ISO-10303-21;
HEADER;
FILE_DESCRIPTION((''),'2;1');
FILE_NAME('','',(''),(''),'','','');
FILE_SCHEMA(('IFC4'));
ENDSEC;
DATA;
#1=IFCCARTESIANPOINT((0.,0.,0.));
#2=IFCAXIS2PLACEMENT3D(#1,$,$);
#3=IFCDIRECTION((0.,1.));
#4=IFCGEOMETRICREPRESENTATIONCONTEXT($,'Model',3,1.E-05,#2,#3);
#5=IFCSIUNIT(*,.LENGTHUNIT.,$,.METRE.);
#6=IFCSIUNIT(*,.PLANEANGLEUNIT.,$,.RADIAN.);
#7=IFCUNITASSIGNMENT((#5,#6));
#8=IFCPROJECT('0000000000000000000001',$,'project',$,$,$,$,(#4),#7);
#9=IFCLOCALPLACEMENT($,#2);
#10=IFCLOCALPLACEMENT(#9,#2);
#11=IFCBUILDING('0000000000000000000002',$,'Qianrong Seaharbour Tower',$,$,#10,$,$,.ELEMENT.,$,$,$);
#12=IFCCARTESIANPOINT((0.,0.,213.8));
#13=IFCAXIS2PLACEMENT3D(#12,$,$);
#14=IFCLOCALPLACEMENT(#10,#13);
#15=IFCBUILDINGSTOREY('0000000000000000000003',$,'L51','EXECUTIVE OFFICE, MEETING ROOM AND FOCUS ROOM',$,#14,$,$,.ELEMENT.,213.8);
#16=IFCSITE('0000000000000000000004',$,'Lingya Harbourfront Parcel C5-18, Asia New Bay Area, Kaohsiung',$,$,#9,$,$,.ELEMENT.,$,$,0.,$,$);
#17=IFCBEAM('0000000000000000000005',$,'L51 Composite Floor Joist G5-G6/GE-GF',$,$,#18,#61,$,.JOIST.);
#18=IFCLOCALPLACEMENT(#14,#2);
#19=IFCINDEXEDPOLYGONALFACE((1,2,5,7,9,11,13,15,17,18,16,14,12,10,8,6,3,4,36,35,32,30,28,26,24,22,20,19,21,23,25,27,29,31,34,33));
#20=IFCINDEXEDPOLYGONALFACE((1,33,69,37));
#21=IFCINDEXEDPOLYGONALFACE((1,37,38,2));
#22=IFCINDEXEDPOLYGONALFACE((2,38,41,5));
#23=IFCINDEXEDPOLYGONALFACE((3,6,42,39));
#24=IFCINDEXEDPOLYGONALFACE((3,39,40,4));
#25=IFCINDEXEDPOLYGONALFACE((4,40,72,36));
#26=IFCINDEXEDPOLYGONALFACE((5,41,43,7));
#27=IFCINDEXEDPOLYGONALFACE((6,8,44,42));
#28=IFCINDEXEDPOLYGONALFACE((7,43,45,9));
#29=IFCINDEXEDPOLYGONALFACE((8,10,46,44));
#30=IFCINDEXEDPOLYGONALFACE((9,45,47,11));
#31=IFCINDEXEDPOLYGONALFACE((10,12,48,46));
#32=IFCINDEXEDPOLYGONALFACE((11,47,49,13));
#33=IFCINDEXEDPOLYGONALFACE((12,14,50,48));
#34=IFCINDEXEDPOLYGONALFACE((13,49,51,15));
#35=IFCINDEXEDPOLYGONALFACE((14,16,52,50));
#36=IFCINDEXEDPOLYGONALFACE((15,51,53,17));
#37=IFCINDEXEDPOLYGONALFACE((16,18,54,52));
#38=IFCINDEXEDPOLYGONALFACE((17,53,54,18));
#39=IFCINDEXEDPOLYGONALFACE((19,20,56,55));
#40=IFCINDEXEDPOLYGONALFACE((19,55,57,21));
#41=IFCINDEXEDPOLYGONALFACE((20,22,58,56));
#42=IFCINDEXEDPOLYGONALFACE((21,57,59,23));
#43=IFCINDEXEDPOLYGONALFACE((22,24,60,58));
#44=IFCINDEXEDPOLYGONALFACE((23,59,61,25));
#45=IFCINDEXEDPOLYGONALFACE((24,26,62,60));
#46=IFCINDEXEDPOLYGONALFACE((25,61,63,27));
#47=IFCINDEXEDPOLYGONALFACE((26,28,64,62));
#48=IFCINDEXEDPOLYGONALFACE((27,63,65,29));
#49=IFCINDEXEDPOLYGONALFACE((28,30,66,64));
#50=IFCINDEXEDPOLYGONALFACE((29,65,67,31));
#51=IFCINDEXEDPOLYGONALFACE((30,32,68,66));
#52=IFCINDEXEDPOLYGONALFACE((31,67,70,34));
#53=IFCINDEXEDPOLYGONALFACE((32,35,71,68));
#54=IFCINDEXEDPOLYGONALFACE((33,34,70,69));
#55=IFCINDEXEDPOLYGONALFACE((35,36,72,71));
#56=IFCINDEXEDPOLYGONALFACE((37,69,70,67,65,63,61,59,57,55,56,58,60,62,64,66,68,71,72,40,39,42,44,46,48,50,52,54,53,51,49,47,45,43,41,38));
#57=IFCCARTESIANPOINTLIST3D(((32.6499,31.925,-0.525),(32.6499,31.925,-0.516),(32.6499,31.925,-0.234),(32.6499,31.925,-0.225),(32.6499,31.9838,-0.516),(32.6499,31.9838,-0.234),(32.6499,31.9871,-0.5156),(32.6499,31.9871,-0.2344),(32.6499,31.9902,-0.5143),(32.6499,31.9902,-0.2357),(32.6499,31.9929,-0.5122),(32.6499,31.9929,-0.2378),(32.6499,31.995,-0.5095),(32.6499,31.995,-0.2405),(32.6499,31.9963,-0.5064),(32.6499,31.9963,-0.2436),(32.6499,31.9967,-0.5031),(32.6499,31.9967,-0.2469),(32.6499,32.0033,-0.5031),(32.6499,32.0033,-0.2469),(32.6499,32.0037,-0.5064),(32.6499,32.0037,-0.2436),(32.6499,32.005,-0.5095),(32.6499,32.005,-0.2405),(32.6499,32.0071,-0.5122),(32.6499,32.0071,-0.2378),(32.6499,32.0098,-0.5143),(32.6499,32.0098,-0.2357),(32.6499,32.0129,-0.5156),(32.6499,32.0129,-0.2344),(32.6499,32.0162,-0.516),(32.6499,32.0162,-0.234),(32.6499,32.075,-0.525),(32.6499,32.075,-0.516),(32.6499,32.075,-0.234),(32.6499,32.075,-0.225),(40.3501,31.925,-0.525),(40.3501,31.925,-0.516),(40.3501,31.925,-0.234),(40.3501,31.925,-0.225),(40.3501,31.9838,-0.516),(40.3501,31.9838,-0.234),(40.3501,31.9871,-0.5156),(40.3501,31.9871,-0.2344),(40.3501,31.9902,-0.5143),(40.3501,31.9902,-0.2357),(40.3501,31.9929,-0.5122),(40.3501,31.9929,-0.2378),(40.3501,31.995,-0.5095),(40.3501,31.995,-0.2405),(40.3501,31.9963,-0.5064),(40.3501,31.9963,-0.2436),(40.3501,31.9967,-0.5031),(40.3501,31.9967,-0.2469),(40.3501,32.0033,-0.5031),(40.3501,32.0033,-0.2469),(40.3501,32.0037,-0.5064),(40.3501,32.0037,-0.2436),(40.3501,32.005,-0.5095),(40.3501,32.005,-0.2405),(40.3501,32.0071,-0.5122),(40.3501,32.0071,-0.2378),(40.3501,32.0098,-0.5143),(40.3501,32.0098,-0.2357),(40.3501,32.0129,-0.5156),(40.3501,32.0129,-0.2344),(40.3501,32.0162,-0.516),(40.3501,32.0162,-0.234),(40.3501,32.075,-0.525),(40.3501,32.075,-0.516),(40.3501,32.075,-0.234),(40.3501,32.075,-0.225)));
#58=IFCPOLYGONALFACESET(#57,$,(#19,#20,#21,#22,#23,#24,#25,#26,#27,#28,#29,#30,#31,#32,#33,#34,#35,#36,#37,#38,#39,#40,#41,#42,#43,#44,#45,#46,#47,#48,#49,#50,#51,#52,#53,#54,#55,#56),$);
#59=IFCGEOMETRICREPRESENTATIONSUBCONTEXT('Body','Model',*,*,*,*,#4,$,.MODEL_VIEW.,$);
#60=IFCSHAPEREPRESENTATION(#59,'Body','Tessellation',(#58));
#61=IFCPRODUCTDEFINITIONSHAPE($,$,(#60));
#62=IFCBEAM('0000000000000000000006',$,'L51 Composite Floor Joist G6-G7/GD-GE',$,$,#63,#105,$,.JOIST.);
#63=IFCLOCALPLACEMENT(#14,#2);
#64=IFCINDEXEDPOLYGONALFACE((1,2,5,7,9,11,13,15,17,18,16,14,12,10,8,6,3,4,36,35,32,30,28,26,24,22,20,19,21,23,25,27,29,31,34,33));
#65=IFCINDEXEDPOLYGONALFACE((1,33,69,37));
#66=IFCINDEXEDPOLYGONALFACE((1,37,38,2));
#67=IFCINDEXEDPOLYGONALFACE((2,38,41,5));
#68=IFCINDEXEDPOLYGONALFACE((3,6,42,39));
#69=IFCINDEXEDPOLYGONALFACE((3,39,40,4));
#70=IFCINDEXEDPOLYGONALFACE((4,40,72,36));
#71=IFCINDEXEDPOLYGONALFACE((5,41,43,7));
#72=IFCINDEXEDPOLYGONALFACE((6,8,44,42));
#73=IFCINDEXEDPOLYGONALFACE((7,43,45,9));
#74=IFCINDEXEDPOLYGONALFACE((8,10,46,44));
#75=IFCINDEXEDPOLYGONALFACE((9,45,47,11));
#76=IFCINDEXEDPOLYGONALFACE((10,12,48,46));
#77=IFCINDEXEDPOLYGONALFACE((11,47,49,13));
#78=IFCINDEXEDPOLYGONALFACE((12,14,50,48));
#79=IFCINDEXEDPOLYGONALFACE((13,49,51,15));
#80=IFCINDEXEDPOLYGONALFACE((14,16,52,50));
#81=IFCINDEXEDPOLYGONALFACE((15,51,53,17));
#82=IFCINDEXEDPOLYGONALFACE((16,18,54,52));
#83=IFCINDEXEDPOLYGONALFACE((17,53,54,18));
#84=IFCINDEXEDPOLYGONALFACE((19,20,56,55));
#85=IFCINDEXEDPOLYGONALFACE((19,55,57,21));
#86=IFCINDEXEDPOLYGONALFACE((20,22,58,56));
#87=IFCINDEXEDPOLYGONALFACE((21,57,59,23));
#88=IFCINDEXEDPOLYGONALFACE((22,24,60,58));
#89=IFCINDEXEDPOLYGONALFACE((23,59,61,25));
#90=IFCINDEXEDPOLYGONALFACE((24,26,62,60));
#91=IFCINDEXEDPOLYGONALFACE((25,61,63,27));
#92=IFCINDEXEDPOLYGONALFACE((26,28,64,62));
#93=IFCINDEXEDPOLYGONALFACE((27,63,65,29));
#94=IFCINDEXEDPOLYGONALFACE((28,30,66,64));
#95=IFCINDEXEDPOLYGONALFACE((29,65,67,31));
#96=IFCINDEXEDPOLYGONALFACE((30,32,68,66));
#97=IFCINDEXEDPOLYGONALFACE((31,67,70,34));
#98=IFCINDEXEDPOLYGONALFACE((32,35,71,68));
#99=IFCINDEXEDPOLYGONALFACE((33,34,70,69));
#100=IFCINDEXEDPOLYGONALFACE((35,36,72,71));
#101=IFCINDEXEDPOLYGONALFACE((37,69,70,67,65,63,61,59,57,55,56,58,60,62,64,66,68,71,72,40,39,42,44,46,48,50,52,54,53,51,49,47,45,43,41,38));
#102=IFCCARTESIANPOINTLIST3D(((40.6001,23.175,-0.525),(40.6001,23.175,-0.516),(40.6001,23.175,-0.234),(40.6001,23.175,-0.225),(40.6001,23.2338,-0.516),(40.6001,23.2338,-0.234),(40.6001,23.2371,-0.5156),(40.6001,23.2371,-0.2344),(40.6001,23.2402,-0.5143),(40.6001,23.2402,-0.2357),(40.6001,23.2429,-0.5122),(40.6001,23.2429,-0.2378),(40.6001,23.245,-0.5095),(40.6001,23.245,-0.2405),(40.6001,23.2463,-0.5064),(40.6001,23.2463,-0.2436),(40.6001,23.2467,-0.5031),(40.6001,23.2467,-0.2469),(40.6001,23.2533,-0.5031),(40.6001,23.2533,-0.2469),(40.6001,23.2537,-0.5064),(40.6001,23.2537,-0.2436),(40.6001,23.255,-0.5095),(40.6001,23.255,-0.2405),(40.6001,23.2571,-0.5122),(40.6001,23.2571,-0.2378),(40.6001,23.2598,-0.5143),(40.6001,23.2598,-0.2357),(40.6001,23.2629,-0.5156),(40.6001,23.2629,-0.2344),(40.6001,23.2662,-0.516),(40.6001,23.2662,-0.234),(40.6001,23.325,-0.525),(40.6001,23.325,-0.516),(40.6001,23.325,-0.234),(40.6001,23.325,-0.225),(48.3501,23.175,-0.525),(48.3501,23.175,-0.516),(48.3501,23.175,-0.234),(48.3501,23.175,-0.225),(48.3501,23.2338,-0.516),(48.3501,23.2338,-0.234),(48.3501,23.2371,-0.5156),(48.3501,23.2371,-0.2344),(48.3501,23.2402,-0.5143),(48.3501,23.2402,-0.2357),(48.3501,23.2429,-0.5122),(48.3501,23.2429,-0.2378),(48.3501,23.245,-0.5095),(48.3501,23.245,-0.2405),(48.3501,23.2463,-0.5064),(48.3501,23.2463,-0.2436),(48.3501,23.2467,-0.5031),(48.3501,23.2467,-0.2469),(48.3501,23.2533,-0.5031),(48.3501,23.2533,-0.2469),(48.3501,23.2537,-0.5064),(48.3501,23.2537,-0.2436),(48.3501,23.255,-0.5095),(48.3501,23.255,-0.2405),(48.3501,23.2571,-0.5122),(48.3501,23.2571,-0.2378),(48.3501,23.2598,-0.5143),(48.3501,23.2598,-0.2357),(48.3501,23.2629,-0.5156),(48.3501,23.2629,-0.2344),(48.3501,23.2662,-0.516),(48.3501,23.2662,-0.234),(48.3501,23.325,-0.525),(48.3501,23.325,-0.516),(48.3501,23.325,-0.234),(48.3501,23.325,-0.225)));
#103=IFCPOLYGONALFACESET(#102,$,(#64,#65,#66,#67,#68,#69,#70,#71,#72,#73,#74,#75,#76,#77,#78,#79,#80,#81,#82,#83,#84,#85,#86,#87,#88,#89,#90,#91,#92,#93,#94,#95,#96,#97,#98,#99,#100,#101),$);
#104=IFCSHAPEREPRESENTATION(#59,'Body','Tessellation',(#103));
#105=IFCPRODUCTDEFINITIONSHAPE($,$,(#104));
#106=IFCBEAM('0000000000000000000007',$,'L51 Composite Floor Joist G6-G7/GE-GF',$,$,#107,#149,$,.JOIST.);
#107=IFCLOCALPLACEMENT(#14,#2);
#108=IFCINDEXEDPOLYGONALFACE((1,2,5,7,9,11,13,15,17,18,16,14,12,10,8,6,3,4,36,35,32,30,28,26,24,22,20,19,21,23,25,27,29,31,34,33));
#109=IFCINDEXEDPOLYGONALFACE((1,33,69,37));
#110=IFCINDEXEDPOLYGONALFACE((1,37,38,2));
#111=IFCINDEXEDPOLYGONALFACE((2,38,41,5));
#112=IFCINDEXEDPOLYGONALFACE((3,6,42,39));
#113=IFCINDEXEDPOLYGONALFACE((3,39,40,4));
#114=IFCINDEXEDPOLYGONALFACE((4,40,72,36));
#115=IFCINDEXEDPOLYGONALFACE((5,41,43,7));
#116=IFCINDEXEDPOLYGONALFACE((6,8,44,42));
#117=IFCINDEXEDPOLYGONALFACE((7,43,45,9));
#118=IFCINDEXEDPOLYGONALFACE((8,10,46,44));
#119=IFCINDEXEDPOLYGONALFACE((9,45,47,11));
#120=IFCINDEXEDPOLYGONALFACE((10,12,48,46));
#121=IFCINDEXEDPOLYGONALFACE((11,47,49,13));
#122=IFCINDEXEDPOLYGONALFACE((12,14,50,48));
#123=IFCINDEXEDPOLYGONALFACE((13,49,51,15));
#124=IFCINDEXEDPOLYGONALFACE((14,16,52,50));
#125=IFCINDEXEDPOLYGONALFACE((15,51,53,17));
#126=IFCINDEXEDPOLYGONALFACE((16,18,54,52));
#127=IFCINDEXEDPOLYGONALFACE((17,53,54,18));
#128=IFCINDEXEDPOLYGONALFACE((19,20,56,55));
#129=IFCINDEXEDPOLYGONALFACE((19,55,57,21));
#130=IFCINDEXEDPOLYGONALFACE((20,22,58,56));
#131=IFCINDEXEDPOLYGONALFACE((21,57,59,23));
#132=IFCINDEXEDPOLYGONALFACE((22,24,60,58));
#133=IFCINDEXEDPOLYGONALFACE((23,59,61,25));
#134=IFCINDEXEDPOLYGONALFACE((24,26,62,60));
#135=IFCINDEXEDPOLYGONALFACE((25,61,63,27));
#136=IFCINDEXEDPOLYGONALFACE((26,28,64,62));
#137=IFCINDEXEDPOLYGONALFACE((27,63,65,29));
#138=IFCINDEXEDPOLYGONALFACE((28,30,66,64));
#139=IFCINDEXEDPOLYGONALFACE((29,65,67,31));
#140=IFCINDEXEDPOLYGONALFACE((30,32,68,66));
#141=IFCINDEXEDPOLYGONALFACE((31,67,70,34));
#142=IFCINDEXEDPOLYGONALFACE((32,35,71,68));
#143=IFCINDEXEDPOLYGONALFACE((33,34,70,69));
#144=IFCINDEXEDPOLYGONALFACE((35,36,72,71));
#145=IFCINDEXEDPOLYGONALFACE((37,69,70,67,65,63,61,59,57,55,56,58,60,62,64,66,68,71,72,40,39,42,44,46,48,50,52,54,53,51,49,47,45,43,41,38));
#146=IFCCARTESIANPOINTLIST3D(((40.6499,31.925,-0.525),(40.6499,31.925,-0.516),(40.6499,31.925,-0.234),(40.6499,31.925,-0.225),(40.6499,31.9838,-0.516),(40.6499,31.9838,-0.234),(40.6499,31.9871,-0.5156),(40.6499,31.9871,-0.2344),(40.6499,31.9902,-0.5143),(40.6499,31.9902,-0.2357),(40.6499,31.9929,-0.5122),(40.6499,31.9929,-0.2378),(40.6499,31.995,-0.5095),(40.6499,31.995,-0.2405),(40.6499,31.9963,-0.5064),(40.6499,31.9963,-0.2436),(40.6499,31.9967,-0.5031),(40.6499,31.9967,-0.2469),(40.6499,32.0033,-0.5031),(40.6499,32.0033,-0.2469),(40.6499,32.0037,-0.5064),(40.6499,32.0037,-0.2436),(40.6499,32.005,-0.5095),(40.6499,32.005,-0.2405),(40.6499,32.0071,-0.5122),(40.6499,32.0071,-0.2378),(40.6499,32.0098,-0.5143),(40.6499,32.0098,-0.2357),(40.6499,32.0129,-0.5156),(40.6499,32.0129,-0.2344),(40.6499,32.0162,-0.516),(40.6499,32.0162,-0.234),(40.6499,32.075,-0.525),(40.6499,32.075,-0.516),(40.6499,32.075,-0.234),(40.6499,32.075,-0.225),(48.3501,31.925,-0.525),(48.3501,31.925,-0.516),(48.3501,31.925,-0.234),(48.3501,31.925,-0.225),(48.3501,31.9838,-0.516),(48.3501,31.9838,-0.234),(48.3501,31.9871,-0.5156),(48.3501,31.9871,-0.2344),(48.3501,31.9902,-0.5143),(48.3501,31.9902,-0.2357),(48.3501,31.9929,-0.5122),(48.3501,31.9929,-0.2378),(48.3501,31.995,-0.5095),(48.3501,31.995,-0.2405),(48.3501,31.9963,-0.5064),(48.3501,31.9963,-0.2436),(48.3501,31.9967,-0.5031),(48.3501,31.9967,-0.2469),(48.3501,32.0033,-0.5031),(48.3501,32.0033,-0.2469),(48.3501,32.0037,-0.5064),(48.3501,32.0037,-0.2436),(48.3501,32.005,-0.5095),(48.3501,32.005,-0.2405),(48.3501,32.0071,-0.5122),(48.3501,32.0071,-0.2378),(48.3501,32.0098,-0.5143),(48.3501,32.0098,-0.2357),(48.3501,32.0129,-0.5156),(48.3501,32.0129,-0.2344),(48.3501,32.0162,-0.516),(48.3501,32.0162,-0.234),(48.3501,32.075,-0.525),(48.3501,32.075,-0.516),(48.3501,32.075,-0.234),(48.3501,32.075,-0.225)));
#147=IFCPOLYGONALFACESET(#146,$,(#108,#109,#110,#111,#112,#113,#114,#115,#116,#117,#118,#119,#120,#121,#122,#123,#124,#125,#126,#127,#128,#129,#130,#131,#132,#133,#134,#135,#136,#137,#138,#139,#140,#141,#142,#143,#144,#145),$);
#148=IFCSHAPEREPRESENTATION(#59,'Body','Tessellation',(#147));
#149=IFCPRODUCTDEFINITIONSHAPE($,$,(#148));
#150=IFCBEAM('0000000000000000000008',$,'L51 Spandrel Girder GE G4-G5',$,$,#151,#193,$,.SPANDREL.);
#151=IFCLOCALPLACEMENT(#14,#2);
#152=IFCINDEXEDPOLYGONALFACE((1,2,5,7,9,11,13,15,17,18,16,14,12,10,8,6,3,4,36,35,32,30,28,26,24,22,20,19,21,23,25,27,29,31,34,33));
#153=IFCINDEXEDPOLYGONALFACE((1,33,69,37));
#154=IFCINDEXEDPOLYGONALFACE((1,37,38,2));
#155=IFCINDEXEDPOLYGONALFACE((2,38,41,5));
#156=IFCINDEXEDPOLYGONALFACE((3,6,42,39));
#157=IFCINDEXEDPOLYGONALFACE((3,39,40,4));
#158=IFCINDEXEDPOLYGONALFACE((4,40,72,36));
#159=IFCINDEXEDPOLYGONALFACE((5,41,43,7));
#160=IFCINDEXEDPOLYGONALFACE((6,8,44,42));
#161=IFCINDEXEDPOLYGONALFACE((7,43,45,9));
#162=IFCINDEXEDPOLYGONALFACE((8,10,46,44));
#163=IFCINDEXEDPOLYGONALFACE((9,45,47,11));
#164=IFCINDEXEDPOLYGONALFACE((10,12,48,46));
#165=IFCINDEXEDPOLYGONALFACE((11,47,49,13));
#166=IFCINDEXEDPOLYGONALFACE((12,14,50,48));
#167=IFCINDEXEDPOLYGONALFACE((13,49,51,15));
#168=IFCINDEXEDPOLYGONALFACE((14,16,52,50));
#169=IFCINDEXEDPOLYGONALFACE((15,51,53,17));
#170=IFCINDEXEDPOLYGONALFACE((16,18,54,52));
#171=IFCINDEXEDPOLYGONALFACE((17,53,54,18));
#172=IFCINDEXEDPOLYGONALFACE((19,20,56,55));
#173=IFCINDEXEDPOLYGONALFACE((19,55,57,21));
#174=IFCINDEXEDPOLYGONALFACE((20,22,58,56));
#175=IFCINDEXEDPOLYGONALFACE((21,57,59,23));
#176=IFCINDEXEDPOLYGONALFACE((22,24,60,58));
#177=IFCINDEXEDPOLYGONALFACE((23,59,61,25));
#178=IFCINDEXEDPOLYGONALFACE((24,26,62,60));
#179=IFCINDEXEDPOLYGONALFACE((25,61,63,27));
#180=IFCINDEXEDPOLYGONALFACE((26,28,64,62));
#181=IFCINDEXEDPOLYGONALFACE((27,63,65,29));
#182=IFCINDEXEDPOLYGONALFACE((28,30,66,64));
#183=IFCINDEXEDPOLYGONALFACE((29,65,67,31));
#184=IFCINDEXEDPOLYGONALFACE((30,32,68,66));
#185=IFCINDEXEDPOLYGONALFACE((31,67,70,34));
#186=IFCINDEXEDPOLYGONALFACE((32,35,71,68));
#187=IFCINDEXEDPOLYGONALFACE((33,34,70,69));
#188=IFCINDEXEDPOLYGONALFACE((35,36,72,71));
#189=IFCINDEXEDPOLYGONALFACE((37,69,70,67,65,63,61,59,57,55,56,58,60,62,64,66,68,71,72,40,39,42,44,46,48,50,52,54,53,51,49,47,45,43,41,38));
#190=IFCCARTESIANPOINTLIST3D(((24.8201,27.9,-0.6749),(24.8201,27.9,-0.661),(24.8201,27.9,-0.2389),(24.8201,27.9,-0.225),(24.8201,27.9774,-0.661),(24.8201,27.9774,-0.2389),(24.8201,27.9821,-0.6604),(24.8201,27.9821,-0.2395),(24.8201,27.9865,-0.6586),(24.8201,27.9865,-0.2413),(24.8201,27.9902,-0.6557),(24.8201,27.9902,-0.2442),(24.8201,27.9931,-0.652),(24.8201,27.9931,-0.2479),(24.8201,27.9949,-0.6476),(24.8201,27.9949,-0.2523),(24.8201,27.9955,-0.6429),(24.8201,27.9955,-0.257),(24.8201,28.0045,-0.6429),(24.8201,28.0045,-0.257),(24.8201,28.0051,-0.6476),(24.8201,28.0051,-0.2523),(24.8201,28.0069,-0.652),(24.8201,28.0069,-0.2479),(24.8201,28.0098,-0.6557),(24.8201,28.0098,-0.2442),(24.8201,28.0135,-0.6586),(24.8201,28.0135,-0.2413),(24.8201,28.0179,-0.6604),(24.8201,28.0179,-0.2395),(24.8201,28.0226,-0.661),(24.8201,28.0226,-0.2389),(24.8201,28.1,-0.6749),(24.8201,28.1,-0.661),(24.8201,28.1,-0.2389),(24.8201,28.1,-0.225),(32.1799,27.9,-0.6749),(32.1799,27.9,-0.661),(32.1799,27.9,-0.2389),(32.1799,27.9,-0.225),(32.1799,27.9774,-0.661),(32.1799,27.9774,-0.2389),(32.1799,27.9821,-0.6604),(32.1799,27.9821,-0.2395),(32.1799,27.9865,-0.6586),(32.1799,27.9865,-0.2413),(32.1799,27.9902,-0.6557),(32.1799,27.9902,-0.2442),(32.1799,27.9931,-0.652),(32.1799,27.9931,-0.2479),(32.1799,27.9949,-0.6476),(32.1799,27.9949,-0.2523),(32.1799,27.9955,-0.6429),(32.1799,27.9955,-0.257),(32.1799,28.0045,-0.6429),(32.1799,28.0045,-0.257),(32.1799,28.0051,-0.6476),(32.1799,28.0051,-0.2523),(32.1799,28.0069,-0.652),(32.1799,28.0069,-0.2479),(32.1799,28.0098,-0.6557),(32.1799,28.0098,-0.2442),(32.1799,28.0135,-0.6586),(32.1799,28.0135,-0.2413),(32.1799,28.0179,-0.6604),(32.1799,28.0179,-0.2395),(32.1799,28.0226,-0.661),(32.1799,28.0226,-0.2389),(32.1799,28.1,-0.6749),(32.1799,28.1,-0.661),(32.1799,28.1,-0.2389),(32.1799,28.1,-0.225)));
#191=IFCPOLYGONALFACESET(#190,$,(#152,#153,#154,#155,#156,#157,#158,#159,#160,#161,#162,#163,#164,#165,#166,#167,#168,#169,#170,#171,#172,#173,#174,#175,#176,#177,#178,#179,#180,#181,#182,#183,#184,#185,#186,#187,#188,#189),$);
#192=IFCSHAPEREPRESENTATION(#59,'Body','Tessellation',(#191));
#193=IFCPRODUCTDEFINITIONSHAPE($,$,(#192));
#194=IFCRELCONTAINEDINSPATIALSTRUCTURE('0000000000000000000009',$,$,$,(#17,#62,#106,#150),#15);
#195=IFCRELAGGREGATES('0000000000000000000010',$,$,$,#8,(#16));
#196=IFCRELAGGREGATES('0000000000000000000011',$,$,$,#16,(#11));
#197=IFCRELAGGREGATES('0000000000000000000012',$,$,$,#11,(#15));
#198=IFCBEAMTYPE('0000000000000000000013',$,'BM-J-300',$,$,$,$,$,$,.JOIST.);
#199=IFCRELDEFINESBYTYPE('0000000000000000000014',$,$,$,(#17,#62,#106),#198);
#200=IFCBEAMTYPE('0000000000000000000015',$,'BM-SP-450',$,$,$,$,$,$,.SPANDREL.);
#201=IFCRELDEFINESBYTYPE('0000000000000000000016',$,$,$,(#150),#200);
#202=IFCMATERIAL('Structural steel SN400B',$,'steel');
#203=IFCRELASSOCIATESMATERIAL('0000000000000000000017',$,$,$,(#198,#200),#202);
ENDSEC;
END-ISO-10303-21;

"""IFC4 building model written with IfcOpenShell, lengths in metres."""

from ifc_helpers import new_model, si_unit, direction, frame, origin, origin_2d, place, context, subcontext, project, spatial, i_section, extrude, material, material_profile, profile_set, type_object, element, save


model = new_model("IFC4")

# Units and contexts
model_context = context("Model", 3, precision=1e-05, world=origin(), true_north=direction((0.0, 1.0)))
body_context = subcontext(model_context, "Body", "Model", "MODEL_VIEW")
ifc_project = project(units=[si_unit("LENGTHUNIT", "METRE"), si_unit("PLANEANGLEUNIT", "RADIAN")], contexts=[model_context])

# Site, building, storey
site_placement = place(None, origin())
site = spatial("IfcSite", under=ifc_project, at=site_placement, Name="Lingya Harbourfront Parcel C5-18, Asia New Bay Area, Kaohsiung", CompositionType="ELEMENT", RefElevation=0.0)
building_placement = place(site_placement, origin())
building = spatial("IfcBuilding", under=site, at=building_placement, Name="Qianrong Seaharbour Tower", CompositionType="ELEMENT")
storey_placement = place(building_placement, frame((0.0, 0.0, 213.8)))
storey = spatial("IfcBuildingStorey", under=building, at=storey_placement, Name="L51", Description="EXECUTIVE OFFICE, MEETING ROOM AND FOCUS ROOM", CompositionType="ELEMENT", Elevation=213.8)

# Beams
ifc_material_1 = material(Name="Structural steel SN400B", Category="steel")
ifc_material_profile_1 = material_profile(ifc_material_1, i_section(OverallWidth=0.1499, OverallDepth=0.3, WebThickness=0.0066, FlangeThickness=0.009, FilletRadius=0.0129, at=origin_2d()), Name="H300x150x6.5x9")
ifc_profile_set_1 = profile_set([ifc_material_profile_1], Name="Structural steel SN400B")
beam_type_1 = type_object("IfcBeamType", Name="BM-J-300", PredefinedType="JOIST", material=ifc_profile_set_1)
for number, where, z_axis, x_axis, name in (
    (1, (32.6499, 32.0, -0.375), (1.0, 0.0, 0.0), (0.0, 1.0, 0.0), "L51 Composite Floor Joist G5-G6/GE-GF"),
):
    element("IfcBeam", number, at=place(storey_placement, frame(where, z_axis=z_axis, x_axis=x_axis)), inside=storey, type_object=beam_type_1, Name=name, PredefinedType="JOIST", context=body_context, shape_type="SweptSolid", body=[
        extrude(i_section(OverallWidth=0.1499, OverallDepth=0.3, WebThickness=0.0066, FlangeThickness=0.009, FilletRadius=0.0129, at=origin_2d()), origin(), (0.0, 0.0, 1.0), 7.7002),
    ])
beam_1_placement = place(storey_placement, frame((40.6001, 23.25, -0.375), z_axis=(1.0, 0.0, 0.0), x_axis=(0.0, 1.0, 0.0)))
element("IfcBeam", 2, at=beam_1_placement, inside=storey, type_object=beam_type_1, Name="L51 Composite Floor Joist G6-G7/GD-GE", PredefinedType="JOIST", context=body_context, shape_type="SweptSolid", body=[
    extrude(i_section(OverallWidth=0.1499, OverallDepth=0.3, WebThickness=0.0066, FlangeThickness=0.009, FilletRadius=0.0129, at=origin_2d()), origin(), (0.0, 0.0, 1.0), 7.75),
])
beam_2_placement = place(storey_placement, frame((40.6499, 32.0, -0.375), z_axis=(1.0, 0.0, 0.0), x_axis=(0.0, 1.0, 0.0)))
element("IfcBeam", 3, at=beam_2_placement, inside=storey, type_object=beam_type_1, Name="L51 Composite Floor Joist G6-G7/GE-GF", PredefinedType="JOIST", context=body_context, shape_type="SweptSolid", body=[
    extrude(i_section(OverallWidth=0.1499, OverallDepth=0.3, WebThickness=0.0066, FlangeThickness=0.009, FilletRadius=0.0129, at=origin_2d()), origin(), (0.0, 0.0, 1.0), 7.7002),
])
ifc_material_profile_2 = material_profile(ifc_material_1, i_section(OverallWidth=0.2, OverallDepth=0.45, WebThickness=0.009, FlangeThickness=0.0139, FilletRadius=0.0181, at=origin_2d()), Name="H450x200x9x14")
ifc_profile_set_2 = profile_set([ifc_material_profile_2], Name="Structural steel SN400B")
beam_type_2 = type_object("IfcBeamType", Name="BM-SP-450", PredefinedType="SPANDREL", material=ifc_profile_set_2)
for number, where, z_axis, x_axis, name in (
    (4, (24.8201, 28.0, -0.45), (1.0, 0.0, 0.0), (0.0, 1.0, 0.0), "L51 Spandrel Girder GE G4-G5"),
):
    element("IfcBeam", number, at=place(storey_placement, frame(where, z_axis=z_axis, x_axis=x_axis)), inside=storey, type_object=beam_type_2, Name=name, PredefinedType="SPANDREL", context=body_context, shape_type="SweptSolid", body=[
        extrude(i_section(OverallWidth=0.2, OverallDepth=0.45, WebThickness=0.009, FlangeThickness=0.0139, FilletRadius=0.0181, at=origin_2d()), origin(), (0.0, 0.0, 1.0), 7.3599),
    ])

save(model, "model.ifc")
